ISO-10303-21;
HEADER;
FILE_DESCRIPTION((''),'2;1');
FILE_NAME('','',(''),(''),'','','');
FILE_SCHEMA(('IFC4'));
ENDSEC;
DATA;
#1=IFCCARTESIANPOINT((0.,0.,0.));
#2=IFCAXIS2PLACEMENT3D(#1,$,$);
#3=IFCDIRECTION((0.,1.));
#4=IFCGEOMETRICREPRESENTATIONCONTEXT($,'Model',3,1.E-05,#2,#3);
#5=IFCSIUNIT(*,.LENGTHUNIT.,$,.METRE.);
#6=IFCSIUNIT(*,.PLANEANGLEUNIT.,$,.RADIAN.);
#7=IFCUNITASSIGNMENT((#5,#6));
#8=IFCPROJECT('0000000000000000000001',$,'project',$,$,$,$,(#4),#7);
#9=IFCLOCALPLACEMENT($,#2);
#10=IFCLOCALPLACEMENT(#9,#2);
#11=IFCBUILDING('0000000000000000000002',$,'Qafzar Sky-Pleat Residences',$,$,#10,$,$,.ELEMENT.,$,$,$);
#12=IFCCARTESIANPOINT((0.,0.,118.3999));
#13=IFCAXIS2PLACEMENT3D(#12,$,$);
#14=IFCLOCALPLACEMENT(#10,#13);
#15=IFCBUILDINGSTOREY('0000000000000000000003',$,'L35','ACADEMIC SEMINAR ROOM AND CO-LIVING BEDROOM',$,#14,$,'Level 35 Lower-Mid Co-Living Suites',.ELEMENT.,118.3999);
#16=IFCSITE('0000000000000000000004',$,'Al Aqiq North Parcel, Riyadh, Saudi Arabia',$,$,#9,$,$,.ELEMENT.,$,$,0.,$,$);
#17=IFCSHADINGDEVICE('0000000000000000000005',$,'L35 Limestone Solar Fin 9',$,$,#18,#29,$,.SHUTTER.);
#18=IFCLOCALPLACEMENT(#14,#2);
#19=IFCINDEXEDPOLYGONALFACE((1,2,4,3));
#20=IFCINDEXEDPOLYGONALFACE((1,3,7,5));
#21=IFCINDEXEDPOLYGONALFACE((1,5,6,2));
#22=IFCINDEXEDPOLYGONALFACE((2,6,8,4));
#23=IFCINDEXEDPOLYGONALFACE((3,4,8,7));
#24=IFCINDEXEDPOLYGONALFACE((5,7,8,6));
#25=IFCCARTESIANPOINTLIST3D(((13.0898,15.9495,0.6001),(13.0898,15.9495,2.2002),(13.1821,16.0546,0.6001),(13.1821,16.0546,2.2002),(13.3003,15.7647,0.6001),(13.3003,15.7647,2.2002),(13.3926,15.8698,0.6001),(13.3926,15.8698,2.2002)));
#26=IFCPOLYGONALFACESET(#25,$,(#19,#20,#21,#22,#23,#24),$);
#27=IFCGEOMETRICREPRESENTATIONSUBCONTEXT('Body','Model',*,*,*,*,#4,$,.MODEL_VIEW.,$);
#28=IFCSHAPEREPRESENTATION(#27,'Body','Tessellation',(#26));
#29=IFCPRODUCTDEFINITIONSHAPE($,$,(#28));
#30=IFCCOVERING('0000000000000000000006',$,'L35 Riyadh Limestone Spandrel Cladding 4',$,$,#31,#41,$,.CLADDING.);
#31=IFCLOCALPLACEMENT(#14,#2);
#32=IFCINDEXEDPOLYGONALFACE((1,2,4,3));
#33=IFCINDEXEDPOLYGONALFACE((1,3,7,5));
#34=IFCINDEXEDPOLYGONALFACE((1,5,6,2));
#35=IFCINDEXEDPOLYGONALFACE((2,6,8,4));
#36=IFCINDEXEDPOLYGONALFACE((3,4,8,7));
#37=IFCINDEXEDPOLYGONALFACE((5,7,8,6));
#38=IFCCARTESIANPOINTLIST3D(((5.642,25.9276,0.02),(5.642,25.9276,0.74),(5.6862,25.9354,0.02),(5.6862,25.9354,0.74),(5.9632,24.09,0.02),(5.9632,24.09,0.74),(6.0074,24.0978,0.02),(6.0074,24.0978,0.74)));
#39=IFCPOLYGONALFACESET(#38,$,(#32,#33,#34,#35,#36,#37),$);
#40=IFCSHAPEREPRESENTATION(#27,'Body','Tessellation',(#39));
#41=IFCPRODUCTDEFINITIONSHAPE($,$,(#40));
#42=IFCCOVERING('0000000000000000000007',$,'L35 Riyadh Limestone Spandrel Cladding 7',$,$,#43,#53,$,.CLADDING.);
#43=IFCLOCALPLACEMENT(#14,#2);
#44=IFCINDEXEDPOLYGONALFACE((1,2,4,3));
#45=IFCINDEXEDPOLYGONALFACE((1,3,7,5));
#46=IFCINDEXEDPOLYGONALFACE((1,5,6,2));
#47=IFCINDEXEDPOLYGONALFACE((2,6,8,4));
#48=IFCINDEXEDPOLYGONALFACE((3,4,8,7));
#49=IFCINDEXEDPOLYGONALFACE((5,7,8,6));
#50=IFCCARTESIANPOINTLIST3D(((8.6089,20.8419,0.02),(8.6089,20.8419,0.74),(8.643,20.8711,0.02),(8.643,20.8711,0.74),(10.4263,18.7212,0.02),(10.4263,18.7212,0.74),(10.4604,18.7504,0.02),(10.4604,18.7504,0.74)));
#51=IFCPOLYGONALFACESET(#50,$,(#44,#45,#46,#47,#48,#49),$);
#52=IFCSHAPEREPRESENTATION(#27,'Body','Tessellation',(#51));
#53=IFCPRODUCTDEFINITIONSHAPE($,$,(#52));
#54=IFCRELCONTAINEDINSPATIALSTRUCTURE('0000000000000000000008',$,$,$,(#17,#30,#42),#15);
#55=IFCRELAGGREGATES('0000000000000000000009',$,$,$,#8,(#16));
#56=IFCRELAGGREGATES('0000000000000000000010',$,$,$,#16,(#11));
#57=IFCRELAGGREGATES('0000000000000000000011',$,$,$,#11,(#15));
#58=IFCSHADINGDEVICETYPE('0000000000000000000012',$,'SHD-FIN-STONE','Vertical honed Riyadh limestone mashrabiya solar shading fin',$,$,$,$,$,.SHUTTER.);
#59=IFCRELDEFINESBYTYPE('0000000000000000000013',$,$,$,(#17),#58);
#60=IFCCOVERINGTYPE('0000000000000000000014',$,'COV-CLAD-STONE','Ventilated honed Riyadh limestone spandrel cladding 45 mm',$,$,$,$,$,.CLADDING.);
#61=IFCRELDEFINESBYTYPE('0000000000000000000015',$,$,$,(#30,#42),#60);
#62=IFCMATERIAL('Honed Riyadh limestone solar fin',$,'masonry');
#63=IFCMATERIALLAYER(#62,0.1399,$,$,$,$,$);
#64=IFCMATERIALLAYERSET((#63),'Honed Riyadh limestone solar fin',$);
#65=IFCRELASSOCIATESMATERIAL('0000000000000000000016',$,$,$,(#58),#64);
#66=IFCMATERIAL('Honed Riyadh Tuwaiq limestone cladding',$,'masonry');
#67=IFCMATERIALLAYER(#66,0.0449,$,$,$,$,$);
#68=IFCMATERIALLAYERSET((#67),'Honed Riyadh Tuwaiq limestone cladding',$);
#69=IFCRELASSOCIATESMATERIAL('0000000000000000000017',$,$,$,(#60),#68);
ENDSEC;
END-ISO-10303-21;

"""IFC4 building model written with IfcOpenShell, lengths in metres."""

from ifc_helpers import new_model, si_unit, direction, frame, origin, origin_2d, place, context, subcontext, project, spatial, rectangle, extrude, source, transform, mapped, material, layer, layer_set, type_object, element, save


model = new_model("IFC4")

# Units and contexts
model_context = context("Model", 3, precision=1e-05, world=origin(), true_north=direction((0.0, 1.0)))
body_context = subcontext(model_context, "Body", "Model", "MODEL_VIEW")
ifc_project = project(units=[si_unit("LENGTHUNIT", "METRE"), si_unit("PLANEANGLEUNIT", "RADIAN")], contexts=[model_context])

# Site, building, storey
site_placement = place(None, origin())
site = spatial("IfcSite", under=ifc_project, at=site_placement, Name="Al Aqiq North Parcel, Riyadh, Saudi Arabia", CompositionType="ELEMENT", RefElevation=0.0)
building_placement = place(site_placement, origin())
building = spatial("IfcBuilding", under=site, at=building_placement, Name="Qafzar Sky-Pleat Residences", CompositionType="ELEMENT")
storey_placement = place(building_placement, frame((0.0, 0.0, 118.3999)))
storey = spatial("IfcBuildingStorey", under=building, at=storey_placement, Name="L35", Description="ACADEMIC SEMINAR ROOM AND CO-LIVING BEDROOM", LongName="Level 35 Lower-Mid Co-Living Suites", CompositionType="ELEMENT", Elevation=118.3999)

# Shading device
ifc_material_1 = material(Name="Honed Riyadh limestone solar fin", Category="masonry")
ifc_layer_1 = layer(ifc_material_1, 0.1399)
ifc_layer_set_1 = layer_set([ifc_layer_1], Name="Honed Riyadh limestone solar fin")
shading_device_type = type_object("IfcShadingDeviceType", Name="SHD-FIN-STONE", Description="Vertical honed Riyadh limestone mashrabiya solar shading fin", PredefinedType="SHUTTER", material=ifc_layer_set_1)
shared_shape_1 = source(origin(), body_context, "Body", "SweptSolid", [
    extrude(rectangle(XDim=0.1399, YDim=0.28, at=origin_2d()), origin(), (0.0, 0.0, 1.0), 1.6001),
])
for number, where, z_axis, x_axis, name in (
    (1, (13.2412, 15.9097, 0.6001), (0.0, 0.0, 1.0), (-0.659785, -0.751454, 0.0), "L35 Limestone Solar Fin 9"),
):
    element("IfcShadingDevice", number, at=place(storey_placement, frame(where, z_axis=z_axis, x_axis=x_axis)), inside=storey, type_object=shading_device_type, Name=name, PredefinedType="SHUTTER", context=body_context, shape_type="MappedRepresentation", body=[
        mapped(shared_shape_1, transform((0.0, 0.0, 0.0), x_axis=(1.0, 0.0, 0.0), y_axis=(0.0, 1.0, 0.0), z_axis=(0.0, 0.0, 1.0), scale=1.0)),
    ])

# Coverings
ifc_material_2 = material(Name="Honed Riyadh Tuwaiq limestone cladding", Category="masonry")
ifc_layer_2 = layer(ifc_material_2, 0.0449)
ifc_layer_set_2 = layer_set([ifc_layer_2], Name="Honed Riyadh Tuwaiq limestone cladding")
covering_type = type_object("IfcCoveringType", Name="COV-CLAD-STONE", Description="Ventilated honed Riyadh limestone spandrel cladding 45 mm", PredefinedType="CLADDING", material=ifc_layer_set_2)
shared_shape_2 = source(origin(), body_context, "Body", "SweptSolid", [
    extrude(rectangle(XDim=1.8655, YDim=0.0449, at=origin_2d()), origin(), (0.0, 0.0, 1.0), 0.72),
])
covering_1_placement = place(storey_placement, frame((5.8247, 25.0127, 0.02), z_axis=(0.0, 0.0, 1.0), x_axis=(0.17217, -0.985067, 0.0)))
element("IfcCovering", 2, at=covering_1_placement, inside=storey, type_object=covering_type, Name="L35 Riyadh Limestone Spandrel Cladding 4", PredefinedType="CLADDING", context=body_context, shape_type="MappedRepresentation", body=[
    mapped(shared_shape_2, transform((0.0, 0.0, 0.0), x_axis=(1.0, 0.0, 0.0), y_axis=(0.0, 1.0, 0.0), z_axis=(0.0, 0.0, 1.0), scale=1.0)),
])
shared_shape_3 = source(origin(), body_context, "Body", "SweptSolid", [
    extrude(rectangle(XDim=2.793, YDim=0.0449, at=origin_2d()), origin(), (0.0, 0.0, 1.0), 0.72),
])
covering_2_placement = place(storey_placement, frame((9.5347, 19.7961, 0.02), z_axis=(0.0, 0.0, 1.0), x_axis=(0.650722, -0.759316, 0.0)))
element("IfcCovering", 3, at=covering_2_placement, inside=storey, type_object=covering_type, Name="L35 Riyadh Limestone Spandrel Cladding 7", PredefinedType="CLADDING", context=body_context, shape_type="MappedRepresentation", body=[
    mapped(shared_shape_3, transform((0.0, 0.0, 0.0), x_axis=(1.0, 0.0, 0.0), y_axis=(0.0, 1.0, 0.0), z_axis=(0.0, 0.0, 1.0), scale=1.0)),
])

save(model, "model.ifc")
